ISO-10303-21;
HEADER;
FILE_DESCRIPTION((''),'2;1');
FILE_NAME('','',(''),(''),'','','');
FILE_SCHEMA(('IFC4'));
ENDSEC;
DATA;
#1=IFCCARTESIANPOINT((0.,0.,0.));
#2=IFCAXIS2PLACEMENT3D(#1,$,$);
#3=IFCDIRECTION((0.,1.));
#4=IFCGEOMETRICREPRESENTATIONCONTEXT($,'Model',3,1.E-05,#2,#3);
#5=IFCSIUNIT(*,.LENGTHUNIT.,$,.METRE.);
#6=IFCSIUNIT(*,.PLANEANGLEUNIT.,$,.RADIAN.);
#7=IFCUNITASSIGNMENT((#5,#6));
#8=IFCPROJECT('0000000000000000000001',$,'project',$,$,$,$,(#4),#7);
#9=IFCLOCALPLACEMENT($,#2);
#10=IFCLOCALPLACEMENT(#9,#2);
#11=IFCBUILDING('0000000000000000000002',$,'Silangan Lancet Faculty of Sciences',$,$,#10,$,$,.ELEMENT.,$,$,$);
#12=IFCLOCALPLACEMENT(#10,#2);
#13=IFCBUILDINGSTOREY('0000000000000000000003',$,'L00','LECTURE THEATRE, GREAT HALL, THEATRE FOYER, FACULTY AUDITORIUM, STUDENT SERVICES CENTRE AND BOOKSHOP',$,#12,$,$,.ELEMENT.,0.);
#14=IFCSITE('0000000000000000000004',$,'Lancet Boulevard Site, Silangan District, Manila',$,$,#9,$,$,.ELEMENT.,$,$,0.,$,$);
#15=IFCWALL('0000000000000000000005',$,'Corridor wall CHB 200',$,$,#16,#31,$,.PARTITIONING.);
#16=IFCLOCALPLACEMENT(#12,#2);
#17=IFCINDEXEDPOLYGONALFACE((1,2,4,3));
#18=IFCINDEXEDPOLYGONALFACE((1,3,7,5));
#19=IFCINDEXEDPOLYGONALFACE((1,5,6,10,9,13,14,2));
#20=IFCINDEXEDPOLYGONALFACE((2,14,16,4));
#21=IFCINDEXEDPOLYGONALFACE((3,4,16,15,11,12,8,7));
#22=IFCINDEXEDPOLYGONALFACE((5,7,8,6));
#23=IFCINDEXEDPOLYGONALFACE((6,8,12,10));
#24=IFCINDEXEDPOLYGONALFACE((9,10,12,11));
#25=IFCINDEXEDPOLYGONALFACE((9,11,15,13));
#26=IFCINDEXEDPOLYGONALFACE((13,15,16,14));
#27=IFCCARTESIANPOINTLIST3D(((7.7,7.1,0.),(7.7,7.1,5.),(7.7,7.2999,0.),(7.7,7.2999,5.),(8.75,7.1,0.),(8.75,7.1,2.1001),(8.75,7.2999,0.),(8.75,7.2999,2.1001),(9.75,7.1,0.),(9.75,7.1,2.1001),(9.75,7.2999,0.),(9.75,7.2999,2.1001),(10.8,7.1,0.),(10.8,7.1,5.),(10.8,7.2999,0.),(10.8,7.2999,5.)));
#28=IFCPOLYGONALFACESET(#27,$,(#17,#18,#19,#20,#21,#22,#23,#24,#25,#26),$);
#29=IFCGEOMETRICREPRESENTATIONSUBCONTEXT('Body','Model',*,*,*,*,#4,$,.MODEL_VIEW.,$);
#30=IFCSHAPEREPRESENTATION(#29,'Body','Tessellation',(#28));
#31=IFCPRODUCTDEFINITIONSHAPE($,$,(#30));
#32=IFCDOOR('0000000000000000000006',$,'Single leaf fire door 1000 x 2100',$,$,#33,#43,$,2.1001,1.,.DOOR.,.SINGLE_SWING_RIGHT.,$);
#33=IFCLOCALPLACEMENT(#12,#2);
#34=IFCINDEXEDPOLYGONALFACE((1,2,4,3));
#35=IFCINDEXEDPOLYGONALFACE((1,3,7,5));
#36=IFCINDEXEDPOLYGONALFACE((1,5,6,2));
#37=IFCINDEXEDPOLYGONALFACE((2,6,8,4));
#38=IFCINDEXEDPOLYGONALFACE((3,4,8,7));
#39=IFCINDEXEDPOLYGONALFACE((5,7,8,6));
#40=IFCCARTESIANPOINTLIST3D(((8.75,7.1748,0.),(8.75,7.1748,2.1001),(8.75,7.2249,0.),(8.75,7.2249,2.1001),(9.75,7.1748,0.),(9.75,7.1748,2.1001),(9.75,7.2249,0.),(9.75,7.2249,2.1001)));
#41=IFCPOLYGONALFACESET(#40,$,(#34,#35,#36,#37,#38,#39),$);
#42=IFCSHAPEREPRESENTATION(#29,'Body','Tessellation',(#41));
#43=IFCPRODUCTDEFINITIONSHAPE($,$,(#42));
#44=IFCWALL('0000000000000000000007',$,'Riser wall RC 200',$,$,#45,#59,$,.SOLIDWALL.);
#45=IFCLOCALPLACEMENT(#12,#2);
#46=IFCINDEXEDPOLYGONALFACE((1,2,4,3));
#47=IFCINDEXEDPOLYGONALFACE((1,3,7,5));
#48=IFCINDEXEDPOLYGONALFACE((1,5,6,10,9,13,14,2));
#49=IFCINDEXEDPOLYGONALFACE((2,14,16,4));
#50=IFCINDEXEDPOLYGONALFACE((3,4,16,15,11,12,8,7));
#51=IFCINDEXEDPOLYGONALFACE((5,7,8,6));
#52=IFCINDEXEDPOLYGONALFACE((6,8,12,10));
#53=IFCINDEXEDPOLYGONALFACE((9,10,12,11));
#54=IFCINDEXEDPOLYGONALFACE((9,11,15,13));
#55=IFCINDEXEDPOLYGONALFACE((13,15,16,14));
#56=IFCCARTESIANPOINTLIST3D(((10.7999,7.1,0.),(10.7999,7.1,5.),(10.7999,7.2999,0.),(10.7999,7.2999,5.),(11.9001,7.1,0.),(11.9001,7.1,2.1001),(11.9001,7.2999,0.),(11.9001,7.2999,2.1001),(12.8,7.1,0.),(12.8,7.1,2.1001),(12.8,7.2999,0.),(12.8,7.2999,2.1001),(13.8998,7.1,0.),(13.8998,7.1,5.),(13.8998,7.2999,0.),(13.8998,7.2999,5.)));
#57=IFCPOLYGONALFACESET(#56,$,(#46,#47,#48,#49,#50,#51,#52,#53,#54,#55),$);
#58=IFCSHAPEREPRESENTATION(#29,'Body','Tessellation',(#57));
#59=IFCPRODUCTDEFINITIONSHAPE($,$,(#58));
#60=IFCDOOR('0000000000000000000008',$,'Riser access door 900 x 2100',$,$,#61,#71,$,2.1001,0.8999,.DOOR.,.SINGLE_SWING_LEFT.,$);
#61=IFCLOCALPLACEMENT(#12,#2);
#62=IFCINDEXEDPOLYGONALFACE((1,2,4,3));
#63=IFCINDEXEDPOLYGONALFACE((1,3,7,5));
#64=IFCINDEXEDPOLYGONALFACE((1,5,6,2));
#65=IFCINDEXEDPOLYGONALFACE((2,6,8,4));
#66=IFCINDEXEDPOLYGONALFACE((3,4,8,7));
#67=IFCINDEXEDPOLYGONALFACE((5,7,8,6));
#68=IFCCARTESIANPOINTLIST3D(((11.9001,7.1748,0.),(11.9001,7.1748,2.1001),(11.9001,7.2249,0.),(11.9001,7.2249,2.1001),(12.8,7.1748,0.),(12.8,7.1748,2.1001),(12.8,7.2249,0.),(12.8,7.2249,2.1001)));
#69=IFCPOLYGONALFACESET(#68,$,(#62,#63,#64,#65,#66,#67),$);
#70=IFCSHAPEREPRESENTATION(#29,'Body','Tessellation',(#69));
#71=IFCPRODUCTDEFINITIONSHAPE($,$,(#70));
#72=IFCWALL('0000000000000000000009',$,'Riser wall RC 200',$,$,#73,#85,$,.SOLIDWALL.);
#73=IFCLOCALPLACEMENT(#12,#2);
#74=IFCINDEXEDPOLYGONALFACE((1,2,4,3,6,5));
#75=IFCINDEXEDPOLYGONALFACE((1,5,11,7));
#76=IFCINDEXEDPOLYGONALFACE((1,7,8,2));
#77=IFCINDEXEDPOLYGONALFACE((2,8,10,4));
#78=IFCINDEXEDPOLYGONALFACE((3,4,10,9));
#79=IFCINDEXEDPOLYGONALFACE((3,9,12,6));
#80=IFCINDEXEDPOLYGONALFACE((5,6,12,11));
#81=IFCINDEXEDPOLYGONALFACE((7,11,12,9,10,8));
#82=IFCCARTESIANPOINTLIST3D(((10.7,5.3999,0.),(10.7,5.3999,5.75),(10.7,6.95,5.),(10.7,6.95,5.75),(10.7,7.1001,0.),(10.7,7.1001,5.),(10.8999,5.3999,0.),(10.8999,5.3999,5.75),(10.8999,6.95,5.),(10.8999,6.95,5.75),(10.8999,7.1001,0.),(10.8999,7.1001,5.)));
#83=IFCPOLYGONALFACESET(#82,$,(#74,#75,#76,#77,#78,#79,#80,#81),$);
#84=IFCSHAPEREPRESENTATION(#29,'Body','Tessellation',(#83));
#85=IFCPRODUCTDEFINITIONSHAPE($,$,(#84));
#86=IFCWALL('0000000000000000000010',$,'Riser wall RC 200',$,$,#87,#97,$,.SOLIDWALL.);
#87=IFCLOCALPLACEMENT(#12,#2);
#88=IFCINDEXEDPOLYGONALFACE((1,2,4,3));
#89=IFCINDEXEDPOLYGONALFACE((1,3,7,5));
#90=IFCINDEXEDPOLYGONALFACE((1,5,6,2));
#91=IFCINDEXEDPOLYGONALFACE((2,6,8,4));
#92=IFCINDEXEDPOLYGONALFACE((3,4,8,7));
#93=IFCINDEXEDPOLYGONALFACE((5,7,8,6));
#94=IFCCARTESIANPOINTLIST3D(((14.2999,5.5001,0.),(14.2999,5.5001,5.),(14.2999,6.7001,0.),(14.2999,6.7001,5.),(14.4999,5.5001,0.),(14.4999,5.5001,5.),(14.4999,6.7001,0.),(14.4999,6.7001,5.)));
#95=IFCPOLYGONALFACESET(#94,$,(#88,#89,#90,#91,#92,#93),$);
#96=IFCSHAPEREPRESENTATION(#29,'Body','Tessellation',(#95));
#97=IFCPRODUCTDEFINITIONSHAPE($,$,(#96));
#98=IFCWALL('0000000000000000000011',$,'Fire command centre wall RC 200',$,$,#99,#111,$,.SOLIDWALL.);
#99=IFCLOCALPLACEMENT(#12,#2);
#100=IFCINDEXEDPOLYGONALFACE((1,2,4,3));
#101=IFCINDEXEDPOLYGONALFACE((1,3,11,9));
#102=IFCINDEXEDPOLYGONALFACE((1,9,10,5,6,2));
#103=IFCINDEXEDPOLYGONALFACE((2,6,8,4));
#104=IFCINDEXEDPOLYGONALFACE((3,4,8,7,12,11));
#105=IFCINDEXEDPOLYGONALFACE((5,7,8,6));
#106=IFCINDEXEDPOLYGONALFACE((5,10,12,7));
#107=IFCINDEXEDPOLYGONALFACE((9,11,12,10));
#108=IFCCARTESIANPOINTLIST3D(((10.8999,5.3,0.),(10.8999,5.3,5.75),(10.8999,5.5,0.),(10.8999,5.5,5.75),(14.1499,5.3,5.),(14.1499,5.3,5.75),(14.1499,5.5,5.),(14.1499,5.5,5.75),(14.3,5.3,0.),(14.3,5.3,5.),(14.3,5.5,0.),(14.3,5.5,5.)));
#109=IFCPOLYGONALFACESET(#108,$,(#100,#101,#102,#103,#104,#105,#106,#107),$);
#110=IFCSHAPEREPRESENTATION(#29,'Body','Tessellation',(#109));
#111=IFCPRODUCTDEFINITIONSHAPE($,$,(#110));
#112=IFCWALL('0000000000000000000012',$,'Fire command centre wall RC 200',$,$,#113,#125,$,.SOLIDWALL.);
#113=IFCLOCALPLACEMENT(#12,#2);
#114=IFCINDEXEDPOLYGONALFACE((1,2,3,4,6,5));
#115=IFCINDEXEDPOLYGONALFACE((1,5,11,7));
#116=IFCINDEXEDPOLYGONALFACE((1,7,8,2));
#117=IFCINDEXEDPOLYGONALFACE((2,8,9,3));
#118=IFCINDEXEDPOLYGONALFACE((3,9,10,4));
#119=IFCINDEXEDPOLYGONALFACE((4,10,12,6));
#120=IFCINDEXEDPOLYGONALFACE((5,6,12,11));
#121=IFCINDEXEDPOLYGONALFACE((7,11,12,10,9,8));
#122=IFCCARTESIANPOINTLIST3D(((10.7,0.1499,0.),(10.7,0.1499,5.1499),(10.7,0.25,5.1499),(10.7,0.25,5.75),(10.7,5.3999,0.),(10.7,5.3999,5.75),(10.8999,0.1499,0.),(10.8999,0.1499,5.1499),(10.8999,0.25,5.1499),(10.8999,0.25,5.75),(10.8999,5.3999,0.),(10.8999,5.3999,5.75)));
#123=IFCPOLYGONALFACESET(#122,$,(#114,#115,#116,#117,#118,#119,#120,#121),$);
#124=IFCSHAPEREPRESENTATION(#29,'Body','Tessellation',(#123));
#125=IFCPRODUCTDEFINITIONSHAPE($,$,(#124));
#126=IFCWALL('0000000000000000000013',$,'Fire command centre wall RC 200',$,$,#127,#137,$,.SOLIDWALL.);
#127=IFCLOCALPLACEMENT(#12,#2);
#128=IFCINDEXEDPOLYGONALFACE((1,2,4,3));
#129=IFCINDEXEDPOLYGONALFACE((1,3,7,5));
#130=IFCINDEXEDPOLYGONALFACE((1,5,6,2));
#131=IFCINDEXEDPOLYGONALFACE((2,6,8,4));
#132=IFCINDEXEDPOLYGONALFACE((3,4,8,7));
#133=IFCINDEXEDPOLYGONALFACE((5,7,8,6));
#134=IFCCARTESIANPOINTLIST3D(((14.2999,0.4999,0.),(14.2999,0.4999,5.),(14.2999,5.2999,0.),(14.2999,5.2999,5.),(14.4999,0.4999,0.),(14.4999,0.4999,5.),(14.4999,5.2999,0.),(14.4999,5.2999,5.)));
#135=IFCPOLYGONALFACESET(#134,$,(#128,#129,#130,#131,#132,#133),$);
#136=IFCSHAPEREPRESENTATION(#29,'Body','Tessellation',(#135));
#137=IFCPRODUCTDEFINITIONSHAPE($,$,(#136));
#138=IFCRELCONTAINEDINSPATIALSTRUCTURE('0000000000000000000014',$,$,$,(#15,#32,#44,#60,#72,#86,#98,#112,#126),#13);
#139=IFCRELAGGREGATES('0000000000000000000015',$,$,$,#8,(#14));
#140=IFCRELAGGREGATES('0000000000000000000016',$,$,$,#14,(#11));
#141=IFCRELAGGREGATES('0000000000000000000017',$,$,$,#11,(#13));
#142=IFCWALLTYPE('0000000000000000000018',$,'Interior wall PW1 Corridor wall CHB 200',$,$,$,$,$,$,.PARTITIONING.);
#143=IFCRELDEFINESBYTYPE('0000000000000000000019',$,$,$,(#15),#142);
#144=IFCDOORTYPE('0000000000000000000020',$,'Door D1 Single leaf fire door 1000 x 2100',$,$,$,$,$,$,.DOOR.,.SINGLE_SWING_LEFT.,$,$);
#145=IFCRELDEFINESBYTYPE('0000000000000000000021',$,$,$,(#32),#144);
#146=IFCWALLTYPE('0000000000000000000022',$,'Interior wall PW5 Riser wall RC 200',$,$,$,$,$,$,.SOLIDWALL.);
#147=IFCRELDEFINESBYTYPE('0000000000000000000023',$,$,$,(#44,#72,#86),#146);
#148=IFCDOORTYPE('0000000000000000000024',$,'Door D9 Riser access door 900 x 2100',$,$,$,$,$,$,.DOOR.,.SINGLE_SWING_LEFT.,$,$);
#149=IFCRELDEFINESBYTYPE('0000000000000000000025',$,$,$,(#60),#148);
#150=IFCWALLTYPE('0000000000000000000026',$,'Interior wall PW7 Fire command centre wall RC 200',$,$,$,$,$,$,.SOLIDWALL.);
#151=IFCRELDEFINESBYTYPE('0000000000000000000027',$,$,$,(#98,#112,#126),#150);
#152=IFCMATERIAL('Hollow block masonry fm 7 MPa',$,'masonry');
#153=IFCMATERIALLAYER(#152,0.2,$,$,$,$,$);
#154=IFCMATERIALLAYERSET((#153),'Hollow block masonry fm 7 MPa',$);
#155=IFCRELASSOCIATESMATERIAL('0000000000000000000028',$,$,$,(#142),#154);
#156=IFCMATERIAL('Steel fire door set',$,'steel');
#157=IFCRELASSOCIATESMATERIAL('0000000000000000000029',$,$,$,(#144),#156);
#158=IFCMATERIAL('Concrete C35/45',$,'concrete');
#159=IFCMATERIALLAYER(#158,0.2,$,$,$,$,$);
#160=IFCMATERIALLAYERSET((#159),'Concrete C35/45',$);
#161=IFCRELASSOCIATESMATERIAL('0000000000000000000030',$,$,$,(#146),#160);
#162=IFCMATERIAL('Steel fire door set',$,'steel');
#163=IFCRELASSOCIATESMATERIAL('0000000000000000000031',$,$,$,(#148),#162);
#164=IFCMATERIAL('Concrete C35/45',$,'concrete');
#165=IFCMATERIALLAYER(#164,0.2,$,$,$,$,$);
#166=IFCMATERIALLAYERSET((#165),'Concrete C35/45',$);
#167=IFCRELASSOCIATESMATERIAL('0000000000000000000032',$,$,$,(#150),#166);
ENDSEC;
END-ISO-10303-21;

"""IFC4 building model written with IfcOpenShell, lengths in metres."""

from ifc_helpers import new_model, si_unit, direction, frame, frame_2d, origin, place, context, subcontext, project, spatial, polyline, rectangle, outline, extrude, material, layer, layer_set, type_object, element, fill, save


model = new_model("IFC4")

# Units and contexts
model_context = context("Model", 3, precision=1e-05, world=origin(), true_north=direction((0.0, 1.0)))
body_context = subcontext(model_context, "Body", "Model", "MODEL_VIEW")
ifc_project = project(units=[si_unit("LENGTHUNIT", "METRE"), si_unit("PLANEANGLEUNIT", "RADIAN")], contexts=[model_context])

# Site, building, storey
site_placement = place(None, origin())
site = spatial("IfcSite", under=ifc_project, at=site_placement, Name="Lancet Boulevard Site, Silangan District, Manila", CompositionType="ELEMENT", RefElevation=0.0)
building_placement = place(site_placement, origin())
building = spatial("IfcBuilding", under=site, at=building_placement, Name="Silangan Lancet Faculty of Sciences", CompositionType="ELEMENT")
storey_placement = place(building_placement, origin())
storey = spatial("IfcBuildingStorey", under=building, at=storey_placement, Name="L00", Description="LECTURE THEATRE, GREAT HALL, THEATRE FOYER, FACULTY AUDITORIUM, STUDENT SERVICES CENTRE AND BOOKSHOP", CompositionType="ELEMENT", Elevation=0.0)

# Walls, openings, doors
ifc_material_1 = material(Name="Hollow block masonry fm 7 MPa", Category="masonry")
ifc_layer_1 = layer(ifc_material_1, 0.2)
ifc_layer_set_1 = layer_set([ifc_layer_1], Name="Hollow block masonry fm 7 MPa")
wall_type_1 = type_object("IfcWallType", Name="Interior wall PW1 Corridor wall CHB 200", PredefinedType="PARTITIONING", material=ifc_layer_set_1)
wall_1_placement = place(storey_placement, frame((7.7, 7.2, 0.0), z_axis=(0.0, 0.0, 1.0), x_axis=(1.0, 0.0, 0.0)))
wall_1 = element("IfcWall", 1, at=wall_1_placement, inside=storey, type_object=wall_type_1, Name="Corridor wall CHB 200", PredefinedType="PARTITIONING", context=body_context, shape_type="SweptSolid", body=[
    extrude(rectangle(XDim=3.1001, YDim=0.2, at=frame_2d((1.55, 0.0))), origin(), (0.0, 0.0, 1.0), 5.0),
])
opening_1_placement = place(wall_1_placement, frame((1.05, 0.0, 0.0)))
opening_1 = element("IfcOpeningElement", 2, at=opening_1_placement, cuts=wall_1, PredefinedType="OPENING", context=body_context, shape_type="SweptSolid", body=[
    extrude(rectangle(XDim=1.0, YDim=2.1001, at=frame_2d((0.5, 1.05))), frame((0.0, 0.1099, 0.0), z_axis=(0.0, -1.0, 0.0), x_axis=(1.0, 0.0, 0.0)), (0.0, 0.0, 1.0), 0.22),
])
ifc_material_2 = material(Name="Steel fire door set", Category="steel")
door_type_1 = type_object("IfcDoorType", Name="Door D1 Single leaf fire door 1000 x 2100", OperationType="SINGLE_SWING_LEFT", PredefinedType="DOOR", material=ifc_material_2)
door_1_placement = place(opening_1_placement, frame((1.0, 0.0, 0.0), z_axis=(0.0, 0.0, 1.0), x_axis=(-1.0, 0.0, 0.0)))
door_1 = element("IfcDoor", 3, at=door_1_placement, inside=storey, type_object=door_type_1, Name="Single leaf fire door 1000 x 2100", OperationType="SINGLE_SWING_RIGHT", OverallHeight=2.1001, OverallWidth=1.0, PredefinedType="DOOR", context=body_context, shape_type="SweptSolid", body=[
    extrude(rectangle(XDim=1.0, YDim=2.1001, at=frame_2d((0.5, 1.05))), frame((0.0, 0.0251, 0.0), z_axis=(0.0, -1.0, 0.0), x_axis=(1.0, 0.0, 0.0)), (0.0, 0.0, 1.0), 0.05),
])
fill(opening_1, door_1)
ifc_material_3 = material(Name="Concrete C35/45", Category="concrete")
ifc_layer_2 = layer(ifc_material_3, 0.2)
ifc_layer_set_2 = layer_set([ifc_layer_2], Name="Concrete C35/45")
wall_type_2 = type_object("IfcWallType", Name="Interior wall PW5 Riser wall RC 200", PredefinedType="SOLIDWALL", material=ifc_layer_set_2)
wall_2_placement = place(storey_placement, frame((10.8, 7.2, 0.0), z_axis=(0.0, 0.0, 1.0), x_axis=(1.0, 0.0, 0.0)))
wall_2 = element("IfcWall", 4, at=wall_2_placement, inside=storey, type_object=wall_type_2, Name="Riser wall RC 200", PredefinedType="SOLIDWALL", context=body_context, shape_type="SweptSolid", body=[
    extrude(rectangle(XDim=3.0999, YDim=0.2, at=frame_2d((1.5498, 0.0))), origin(), (0.0, 0.0, 1.0), 5.0),
])
opening_2_placement = place(wall_2_placement, frame((1.1001, 0.0, 0.0)))
opening_2 = element("IfcOpeningElement", 5, at=opening_2_placement, cuts=wall_2, PredefinedType="OPENING", context=body_context, shape_type="SweptSolid", body=[
    extrude(rectangle(XDim=0.8999, YDim=2.1001, at=frame_2d((0.45, 1.05))), frame((0.0, 0.1099, 0.0), z_axis=(0.0, -1.0, 0.0), x_axis=(1.0, 0.0, 0.0)), (0.0, 0.0, 1.0), 0.22),
])
ifc_material_4 = material(Name="Steel fire door set", Category="steel")
door_type_2 = type_object("IfcDoorType", Name="Door D9 Riser access door 900 x 2100", OperationType="SINGLE_SWING_LEFT", PredefinedType="DOOR", material=ifc_material_4)
door_2_placement = place(opening_2_placement, frame((0.8999, 0.0, 0.0), z_axis=(0.0, 0.0, 1.0), x_axis=(-1.0, 0.0, 0.0)))
door_2 = element("IfcDoor", 6, at=door_2_placement, inside=storey, type_object=door_type_2, Name="Riser access door 900 x 2100", OperationType="SINGLE_SWING_LEFT", OverallHeight=2.1001, OverallWidth=0.8999, PredefinedType="DOOR", context=body_context, shape_type="SweptSolid", body=[
    extrude(rectangle(XDim=0.8999, YDim=2.1001, at=frame_2d((0.45, 1.05))), frame((0.0, 0.0251, 0.0), z_axis=(0.0, -1.0, 0.0), x_axis=(1.0, 0.0, 0.0)), (0.0, 0.0, 1.0), 0.05),
])
fill(opening_2, door_2)

# Walls
wall_3_placement = place(storey_placement, frame((10.8, 5.3999, 0.0), z_axis=(0.0, 0.0, 1.0), x_axis=(0.0, 1.0, 0.0)))
element("IfcWall", 7, at=wall_3_placement, inside=storey, type_object=wall_type_2, Name="Riser wall RC 200", PredefinedType="SOLIDWALL", context=body_context, shape_type="SweptSolid", body=[
    extrude(outline(polyline([(0.0, 0.0), (1.7002, 0.0), (1.7002, 5.0), (1.55, 5.0), (1.55, 5.75), (0.0, 5.75), (0.0, 0.0)])), frame((0.0, 0.1001, 0.0), z_axis=(0.0, -1.0, 0.0), x_axis=(1.0, 0.0, 0.0)), (0.0, 0.0, 1.0), 0.2),
])
wall_4_placement = place(storey_placement, frame((14.3999, 5.5, 0.0), z_axis=(0.0, 0.0, 1.0), x_axis=(0.0, 1.0, 0.0)))
element("IfcWall", 8, at=wall_4_placement, inside=storey, type_object=wall_type_2, Name="Riser wall RC 200", PredefinedType="SOLIDWALL", context=body_context, shape_type="SweptSolid", body=[
    extrude(rectangle(XDim=1.2, YDim=0.2, at=frame_2d((0.6001, 0.0))), origin(), (0.0, 0.0, 1.0), 5.0),
])
ifc_material_5 = material(Name="Concrete C35/45", Category="concrete")
ifc_layer_3 = layer(ifc_material_5, 0.2)
ifc_layer_set_3 = layer_set([ifc_layer_3], Name="Concrete C35/45")
wall_type_3 = type_object("IfcWallType", Name="Interior wall PW7 Fire command centre wall RC 200", PredefinedType="SOLIDWALL", material=ifc_layer_set_3)
wall_5_placement = place(storey_placement, frame((10.8999, 5.3999, 0.0), z_axis=(0.0, 0.0, 1.0), x_axis=(1.0, 0.0, 0.0)))
element("IfcWall", 9, at=wall_5_placement, inside=storey, type_object=wall_type_3, Name="Fire command centre wall RC 200", PredefinedType="SOLIDWALL", context=body_context, shape_type="SweptSolid", body=[
    extrude(outline(polyline([(0.0, 0.0), (3.4001, 0.0), (3.4001, 5.0), (3.25, 5.0), (3.25, 5.75), (0.0, 5.75), (0.0, 0.0)])), frame((0.0, 0.1001, 0.0), z_axis=(0.0, -1.0, 0.0), x_axis=(1.0, 0.0, 0.0)), (0.0, 0.0, 1.0), 0.2),
])
wall_6_placement = place(storey_placement, frame((10.8, 0.1499, 0.0), z_axis=(0.0, 0.0, 1.0), x_axis=(0.0, 1.0, 0.0)))
element("IfcWall", 10, at=wall_6_placement, inside=storey, type_object=wall_type_3, Name="Fire command centre wall RC 200", PredefinedType="SOLIDWALL", context=body_context, shape_type="SweptSolid", body=[
    extrude(outline(polyline([(0.0, 0.0), (5.25, 0.0), (5.25, 5.75), (0.1001, 5.75), (0.1001, 5.1499), (0.0, 5.1499), (0.0, 0.0)])), frame((0.0, 0.1001, 0.0), z_axis=(0.0, -1.0, 0.0), x_axis=(1.0, 0.0, 0.0)), (0.0, 0.0, 1.0), 0.2),
])
wall_7_placement = place(storey_placement, frame((14.3999, 0.5, 0.0), z_axis=(0.0, 0.0, 1.0), x_axis=(0.0, 1.0, 0.0)))
element("IfcWall", 11, at=wall_7_placement, inside=storey, type_object=wall_type_3, Name="Fire command centre wall RC 200", PredefinedType="SOLIDWALL", context=body_context, shape_type="SweptSolid", body=[
    extrude(rectangle(XDim=4.8, YDim=0.2, at=frame_2d((2.3999, 0.0))), origin(), (0.0, 0.0, 1.0), 5.0),
])

save(model, "model.ifc")
